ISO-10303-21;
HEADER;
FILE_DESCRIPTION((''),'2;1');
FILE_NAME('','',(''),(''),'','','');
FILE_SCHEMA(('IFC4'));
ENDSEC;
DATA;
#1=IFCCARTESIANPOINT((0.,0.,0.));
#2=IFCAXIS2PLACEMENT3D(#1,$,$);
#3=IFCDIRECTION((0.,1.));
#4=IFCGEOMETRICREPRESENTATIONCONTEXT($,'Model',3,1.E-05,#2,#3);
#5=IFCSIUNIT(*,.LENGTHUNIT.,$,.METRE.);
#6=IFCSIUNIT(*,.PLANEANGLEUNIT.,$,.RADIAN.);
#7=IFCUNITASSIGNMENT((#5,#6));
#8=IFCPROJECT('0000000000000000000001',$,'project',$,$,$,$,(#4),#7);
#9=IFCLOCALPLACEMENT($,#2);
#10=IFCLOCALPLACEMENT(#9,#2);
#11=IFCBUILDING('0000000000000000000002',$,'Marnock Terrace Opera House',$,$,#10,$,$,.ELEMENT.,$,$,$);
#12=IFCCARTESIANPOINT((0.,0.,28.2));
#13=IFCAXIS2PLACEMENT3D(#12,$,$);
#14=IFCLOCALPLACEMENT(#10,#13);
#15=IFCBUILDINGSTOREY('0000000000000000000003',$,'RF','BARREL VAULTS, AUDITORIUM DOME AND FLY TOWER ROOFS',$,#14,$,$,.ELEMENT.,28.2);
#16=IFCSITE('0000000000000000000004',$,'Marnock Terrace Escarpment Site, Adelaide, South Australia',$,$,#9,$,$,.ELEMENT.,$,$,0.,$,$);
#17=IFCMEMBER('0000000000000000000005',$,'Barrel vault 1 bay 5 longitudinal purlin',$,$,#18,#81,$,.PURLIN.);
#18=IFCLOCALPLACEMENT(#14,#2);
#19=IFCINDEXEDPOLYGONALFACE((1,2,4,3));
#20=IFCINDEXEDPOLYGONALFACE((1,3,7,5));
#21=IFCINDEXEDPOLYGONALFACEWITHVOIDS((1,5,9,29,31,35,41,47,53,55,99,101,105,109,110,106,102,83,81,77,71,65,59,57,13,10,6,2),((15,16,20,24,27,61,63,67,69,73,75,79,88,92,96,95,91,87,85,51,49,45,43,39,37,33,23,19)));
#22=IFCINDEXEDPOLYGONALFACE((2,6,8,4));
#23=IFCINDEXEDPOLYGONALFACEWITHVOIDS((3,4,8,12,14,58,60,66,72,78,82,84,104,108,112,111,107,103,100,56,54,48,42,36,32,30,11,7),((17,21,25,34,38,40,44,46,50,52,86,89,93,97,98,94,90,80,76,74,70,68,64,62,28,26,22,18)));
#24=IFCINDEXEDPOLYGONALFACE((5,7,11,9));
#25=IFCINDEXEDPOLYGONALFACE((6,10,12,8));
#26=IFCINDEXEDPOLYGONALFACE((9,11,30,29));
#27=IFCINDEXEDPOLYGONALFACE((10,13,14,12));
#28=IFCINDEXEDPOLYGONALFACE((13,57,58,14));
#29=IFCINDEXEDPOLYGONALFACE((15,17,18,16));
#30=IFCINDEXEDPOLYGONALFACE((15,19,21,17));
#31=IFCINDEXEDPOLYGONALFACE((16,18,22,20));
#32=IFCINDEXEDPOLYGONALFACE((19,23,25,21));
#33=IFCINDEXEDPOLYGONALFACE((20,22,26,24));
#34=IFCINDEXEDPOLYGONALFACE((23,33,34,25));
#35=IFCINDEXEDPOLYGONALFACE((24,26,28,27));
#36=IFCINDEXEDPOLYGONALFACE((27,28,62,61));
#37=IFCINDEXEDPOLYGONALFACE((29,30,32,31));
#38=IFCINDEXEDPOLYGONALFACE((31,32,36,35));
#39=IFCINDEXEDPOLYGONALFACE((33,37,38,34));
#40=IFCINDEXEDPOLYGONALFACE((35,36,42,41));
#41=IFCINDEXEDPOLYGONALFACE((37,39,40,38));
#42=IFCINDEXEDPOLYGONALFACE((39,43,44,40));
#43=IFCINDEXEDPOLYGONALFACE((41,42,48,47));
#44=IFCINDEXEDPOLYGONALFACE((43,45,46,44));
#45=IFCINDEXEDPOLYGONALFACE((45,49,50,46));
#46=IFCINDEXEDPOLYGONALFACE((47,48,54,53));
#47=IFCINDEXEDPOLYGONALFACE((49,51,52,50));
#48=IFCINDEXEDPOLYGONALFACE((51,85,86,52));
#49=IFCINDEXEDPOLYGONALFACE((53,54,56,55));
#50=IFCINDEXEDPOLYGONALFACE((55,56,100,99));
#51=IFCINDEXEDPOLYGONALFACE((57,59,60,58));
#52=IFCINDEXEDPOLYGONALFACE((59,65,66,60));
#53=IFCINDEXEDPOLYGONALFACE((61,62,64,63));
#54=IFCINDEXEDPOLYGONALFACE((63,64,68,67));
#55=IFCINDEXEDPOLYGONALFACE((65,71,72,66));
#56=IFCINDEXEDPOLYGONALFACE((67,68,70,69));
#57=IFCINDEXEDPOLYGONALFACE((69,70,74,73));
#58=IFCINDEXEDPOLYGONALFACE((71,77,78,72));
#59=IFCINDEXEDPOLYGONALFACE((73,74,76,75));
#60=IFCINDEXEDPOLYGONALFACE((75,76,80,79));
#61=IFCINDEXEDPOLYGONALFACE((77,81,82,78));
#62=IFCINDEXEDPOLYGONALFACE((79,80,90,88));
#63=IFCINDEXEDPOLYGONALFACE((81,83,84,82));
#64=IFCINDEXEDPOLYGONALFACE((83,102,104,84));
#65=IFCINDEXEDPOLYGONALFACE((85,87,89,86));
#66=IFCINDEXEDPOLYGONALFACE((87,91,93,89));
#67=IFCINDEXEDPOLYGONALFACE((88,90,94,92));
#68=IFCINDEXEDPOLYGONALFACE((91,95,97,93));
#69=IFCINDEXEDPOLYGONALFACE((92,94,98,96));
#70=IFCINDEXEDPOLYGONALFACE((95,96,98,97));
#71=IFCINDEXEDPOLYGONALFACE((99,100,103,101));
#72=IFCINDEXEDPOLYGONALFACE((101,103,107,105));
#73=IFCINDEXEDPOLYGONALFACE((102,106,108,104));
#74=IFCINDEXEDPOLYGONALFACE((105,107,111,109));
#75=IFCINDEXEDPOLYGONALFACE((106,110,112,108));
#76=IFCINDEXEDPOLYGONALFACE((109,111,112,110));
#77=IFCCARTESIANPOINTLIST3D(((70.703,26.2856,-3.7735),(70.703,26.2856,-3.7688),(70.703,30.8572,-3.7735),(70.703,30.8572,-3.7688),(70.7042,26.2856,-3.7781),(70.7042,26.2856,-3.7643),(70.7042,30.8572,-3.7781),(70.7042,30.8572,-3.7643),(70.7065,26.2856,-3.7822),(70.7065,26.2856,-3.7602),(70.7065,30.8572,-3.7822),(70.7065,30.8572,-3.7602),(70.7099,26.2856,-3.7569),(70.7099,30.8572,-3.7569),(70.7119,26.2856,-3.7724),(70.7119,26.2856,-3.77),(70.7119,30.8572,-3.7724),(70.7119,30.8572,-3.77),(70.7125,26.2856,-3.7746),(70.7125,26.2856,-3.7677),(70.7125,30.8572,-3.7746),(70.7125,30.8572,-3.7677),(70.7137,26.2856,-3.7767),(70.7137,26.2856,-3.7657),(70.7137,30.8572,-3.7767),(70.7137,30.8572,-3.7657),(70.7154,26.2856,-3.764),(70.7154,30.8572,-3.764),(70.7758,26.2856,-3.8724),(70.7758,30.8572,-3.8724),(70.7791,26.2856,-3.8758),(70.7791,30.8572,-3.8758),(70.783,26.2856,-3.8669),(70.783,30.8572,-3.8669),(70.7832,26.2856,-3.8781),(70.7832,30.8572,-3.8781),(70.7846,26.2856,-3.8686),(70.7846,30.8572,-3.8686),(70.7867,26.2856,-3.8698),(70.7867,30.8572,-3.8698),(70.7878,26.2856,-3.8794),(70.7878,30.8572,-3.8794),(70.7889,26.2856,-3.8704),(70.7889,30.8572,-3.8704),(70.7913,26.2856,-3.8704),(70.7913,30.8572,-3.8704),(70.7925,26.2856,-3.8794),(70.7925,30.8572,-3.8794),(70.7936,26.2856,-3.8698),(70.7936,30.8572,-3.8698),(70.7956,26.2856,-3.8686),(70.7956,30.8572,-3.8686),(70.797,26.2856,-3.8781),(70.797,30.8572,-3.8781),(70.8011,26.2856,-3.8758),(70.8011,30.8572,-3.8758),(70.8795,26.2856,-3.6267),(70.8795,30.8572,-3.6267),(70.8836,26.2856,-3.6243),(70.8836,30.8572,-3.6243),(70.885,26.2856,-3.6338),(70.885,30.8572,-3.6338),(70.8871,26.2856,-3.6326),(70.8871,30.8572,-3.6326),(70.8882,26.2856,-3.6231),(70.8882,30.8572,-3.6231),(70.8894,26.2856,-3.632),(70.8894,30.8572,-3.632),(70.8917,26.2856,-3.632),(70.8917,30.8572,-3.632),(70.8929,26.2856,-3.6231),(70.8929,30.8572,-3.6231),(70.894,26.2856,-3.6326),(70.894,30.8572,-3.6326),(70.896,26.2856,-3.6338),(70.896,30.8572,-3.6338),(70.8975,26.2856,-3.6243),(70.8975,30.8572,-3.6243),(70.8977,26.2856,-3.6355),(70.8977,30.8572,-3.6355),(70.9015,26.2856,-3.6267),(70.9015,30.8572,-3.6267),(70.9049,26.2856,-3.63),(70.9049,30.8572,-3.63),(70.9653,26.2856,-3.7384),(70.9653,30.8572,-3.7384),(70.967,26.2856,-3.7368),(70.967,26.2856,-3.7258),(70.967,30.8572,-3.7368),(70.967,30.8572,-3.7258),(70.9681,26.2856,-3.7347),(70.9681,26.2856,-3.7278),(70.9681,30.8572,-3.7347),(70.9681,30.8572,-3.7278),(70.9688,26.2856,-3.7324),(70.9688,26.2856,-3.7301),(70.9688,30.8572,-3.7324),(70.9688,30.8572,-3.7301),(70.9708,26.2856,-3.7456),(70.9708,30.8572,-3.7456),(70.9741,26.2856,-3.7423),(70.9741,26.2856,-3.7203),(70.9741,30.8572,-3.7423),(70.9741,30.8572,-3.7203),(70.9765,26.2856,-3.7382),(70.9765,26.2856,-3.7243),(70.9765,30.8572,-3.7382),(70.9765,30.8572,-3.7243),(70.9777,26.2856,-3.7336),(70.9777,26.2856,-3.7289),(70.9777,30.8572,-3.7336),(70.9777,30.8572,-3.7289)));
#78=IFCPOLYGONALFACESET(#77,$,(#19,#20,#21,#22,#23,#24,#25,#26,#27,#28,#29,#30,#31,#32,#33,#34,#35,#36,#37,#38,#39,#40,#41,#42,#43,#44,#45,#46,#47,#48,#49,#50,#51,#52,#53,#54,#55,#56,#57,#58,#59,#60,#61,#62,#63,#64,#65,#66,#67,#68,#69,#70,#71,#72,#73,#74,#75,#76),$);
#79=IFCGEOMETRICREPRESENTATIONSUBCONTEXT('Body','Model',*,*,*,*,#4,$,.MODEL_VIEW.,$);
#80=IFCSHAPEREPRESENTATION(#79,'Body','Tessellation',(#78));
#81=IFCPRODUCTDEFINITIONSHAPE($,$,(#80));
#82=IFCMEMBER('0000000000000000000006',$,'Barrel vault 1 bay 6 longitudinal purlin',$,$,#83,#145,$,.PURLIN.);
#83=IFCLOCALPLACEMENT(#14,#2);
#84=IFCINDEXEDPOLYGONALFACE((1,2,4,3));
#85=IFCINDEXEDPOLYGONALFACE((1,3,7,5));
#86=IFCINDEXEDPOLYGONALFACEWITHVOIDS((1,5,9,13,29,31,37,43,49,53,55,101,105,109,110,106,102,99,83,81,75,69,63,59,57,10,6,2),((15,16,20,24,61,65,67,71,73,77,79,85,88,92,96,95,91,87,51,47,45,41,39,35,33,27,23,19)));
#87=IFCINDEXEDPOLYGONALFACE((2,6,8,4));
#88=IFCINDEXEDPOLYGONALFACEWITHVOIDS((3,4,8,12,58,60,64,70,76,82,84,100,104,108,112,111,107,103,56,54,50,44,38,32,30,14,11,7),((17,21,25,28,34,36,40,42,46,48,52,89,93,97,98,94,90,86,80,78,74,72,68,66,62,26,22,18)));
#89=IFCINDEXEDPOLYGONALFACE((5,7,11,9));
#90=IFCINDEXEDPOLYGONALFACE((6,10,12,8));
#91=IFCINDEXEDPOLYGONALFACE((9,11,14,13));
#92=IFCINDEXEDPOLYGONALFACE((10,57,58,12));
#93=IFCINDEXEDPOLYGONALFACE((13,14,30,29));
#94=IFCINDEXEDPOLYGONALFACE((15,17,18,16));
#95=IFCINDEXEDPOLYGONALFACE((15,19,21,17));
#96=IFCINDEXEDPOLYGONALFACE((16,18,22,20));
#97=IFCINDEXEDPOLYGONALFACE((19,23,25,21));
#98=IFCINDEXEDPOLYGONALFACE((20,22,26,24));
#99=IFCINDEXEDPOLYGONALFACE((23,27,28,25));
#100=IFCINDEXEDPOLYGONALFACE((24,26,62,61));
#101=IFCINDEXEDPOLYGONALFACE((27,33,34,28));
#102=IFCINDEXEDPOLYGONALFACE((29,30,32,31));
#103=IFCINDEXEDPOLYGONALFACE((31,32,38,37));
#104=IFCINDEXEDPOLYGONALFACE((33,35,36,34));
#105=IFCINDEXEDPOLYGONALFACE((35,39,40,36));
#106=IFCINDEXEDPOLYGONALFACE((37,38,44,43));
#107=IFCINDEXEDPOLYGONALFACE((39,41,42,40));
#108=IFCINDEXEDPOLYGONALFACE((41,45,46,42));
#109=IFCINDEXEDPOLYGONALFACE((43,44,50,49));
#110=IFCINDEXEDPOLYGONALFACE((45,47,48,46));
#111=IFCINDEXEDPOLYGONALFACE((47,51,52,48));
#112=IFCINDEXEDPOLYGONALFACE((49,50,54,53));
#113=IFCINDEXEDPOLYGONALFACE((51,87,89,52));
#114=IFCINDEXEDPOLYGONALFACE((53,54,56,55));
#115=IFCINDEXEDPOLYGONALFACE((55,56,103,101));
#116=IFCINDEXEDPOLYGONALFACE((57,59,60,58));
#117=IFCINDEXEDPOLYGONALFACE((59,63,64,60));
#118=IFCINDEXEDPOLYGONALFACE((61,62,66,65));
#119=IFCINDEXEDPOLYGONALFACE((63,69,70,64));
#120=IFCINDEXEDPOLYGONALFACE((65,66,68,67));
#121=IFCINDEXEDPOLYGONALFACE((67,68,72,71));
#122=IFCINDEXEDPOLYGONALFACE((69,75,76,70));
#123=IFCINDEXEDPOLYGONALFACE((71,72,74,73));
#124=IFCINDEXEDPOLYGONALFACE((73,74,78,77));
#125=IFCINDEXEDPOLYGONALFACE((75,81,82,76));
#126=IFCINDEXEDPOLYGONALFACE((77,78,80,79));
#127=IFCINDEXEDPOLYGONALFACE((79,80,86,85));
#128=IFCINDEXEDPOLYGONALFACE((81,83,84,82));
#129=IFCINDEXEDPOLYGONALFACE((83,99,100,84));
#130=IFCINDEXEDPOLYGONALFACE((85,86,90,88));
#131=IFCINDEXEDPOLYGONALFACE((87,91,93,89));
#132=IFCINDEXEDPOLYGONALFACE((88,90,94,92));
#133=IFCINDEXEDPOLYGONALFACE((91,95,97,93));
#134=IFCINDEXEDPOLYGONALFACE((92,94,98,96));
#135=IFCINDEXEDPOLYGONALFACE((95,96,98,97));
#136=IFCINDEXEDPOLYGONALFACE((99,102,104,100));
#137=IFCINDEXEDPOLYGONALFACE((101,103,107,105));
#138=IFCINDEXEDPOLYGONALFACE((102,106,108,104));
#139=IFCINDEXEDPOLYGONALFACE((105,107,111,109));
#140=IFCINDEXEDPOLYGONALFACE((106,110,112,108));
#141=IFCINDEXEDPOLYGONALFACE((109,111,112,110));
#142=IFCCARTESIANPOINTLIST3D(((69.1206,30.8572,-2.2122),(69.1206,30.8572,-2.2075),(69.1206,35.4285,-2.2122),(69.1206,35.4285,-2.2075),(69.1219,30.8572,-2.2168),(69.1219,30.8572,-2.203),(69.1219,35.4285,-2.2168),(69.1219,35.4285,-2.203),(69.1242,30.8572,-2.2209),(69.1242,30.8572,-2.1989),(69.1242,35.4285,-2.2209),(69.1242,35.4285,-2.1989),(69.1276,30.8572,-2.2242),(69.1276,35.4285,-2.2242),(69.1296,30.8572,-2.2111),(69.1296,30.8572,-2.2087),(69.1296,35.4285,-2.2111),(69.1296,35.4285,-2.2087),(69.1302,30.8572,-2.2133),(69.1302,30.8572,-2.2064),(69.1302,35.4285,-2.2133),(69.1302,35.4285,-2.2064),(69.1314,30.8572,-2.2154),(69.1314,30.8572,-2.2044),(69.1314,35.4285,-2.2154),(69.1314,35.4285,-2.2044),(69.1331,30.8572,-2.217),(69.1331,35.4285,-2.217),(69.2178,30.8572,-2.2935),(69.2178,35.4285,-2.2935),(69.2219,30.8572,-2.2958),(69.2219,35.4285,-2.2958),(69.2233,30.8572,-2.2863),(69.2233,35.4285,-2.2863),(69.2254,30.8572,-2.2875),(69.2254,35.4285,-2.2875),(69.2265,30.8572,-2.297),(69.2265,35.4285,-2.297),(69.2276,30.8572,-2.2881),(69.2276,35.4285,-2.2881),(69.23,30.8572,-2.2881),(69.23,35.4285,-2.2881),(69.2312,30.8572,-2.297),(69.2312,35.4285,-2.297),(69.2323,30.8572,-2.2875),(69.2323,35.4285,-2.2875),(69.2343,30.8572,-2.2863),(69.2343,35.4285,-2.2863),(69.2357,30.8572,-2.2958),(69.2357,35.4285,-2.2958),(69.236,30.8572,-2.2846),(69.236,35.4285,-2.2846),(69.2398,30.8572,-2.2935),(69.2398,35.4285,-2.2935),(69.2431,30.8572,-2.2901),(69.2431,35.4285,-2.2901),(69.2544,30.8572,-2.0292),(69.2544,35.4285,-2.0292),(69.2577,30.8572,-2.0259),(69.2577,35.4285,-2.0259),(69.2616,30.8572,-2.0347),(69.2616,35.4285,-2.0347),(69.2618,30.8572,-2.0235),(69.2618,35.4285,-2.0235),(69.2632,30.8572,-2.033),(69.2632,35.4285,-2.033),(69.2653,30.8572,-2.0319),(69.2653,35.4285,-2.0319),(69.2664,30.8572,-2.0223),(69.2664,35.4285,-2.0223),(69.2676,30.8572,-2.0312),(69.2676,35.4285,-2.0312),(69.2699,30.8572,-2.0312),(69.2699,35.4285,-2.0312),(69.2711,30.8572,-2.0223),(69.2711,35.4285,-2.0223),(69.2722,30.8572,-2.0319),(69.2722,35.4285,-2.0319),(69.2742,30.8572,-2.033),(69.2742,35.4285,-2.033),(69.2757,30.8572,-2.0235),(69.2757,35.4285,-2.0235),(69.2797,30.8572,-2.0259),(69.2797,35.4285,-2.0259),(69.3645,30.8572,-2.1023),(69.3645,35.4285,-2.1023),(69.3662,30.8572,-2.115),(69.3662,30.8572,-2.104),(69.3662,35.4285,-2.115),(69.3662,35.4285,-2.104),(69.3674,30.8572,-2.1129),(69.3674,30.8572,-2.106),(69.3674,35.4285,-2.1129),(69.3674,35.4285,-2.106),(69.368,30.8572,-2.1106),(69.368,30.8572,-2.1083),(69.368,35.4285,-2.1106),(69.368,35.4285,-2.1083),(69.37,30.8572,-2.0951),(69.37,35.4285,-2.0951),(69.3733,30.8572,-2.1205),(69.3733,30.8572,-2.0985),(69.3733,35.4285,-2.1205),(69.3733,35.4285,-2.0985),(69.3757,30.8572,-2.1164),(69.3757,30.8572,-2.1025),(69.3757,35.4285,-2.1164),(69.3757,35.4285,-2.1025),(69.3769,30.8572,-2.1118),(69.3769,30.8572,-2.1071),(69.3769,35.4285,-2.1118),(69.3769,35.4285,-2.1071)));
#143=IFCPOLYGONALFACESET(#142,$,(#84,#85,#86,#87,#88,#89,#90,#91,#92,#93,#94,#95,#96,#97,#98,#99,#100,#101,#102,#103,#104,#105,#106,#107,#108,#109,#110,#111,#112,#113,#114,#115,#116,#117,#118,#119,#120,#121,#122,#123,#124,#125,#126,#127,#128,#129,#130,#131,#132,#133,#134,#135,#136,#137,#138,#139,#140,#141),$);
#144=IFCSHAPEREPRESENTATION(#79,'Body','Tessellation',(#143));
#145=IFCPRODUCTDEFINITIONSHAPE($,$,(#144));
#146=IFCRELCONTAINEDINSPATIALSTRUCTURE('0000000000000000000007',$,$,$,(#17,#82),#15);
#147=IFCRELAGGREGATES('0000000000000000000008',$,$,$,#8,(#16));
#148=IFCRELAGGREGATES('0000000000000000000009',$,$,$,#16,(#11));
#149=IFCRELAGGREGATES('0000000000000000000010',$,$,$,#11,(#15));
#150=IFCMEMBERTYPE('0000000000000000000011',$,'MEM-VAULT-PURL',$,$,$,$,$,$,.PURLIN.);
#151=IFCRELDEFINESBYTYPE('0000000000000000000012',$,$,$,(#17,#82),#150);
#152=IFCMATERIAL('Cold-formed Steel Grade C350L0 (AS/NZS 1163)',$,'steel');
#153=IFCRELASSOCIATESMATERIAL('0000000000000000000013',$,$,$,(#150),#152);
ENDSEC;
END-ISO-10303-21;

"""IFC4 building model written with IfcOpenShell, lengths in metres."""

from ifc_helpers import new_model, si_unit, direction, frame, origin, origin_2d, place, context, subcontext, project, spatial, hollow_rectangle, extrude, material, material_profile, profile_set, type_object, element, save


model = new_model("IFC4")

# Units and contexts
model_context = context("Model", 3, precision=1e-05, world=origin(), true_north=direction((0.0, 1.0)))
body_context = subcontext(model_context, "Body", "Model", "MODEL_VIEW")
ifc_project = project(units=[si_unit("LENGTHUNIT", "METRE"), si_unit("PLANEANGLEUNIT", "RADIAN")], contexts=[model_context])

# Site, building, storey
site_placement = place(None, origin())
site = spatial("IfcSite", under=ifc_project, at=site_placement, Name="Marnock Terrace Escarpment Site, Adelaide, South Australia", CompositionType="ELEMENT", RefElevation=0.0)
building_placement = place(site_placement, origin())
building = spatial("IfcBuilding", under=site, at=building_placement, Name="Marnock Terrace Opera House", CompositionType="ELEMENT")
storey_placement = place(building_placement, frame((0.0, 0.0, 28.2)))
storey = spatial("IfcBuildingStorey", under=building, at=storey_placement, Name="RF", Description="BARREL VAULTS, AUDITORIUM DOME AND FLY TOWER ROOFS", CompositionType="ELEMENT", Elevation=28.2)

# Members
ifc_material = material(Name="Cold-formed Steel Grade C350L0 (AS/NZS 1163)", Category="steel")
ifc_material_profile_1 = material_profile(ifc_material, hollow_rectangle(XDim=0.1499, YDim=0.25, WallThickness=0.009, InnerFilletRadius=0.009, OuterFilletRadius=0.0181, at=origin_2d()))
ifc_profile_set_1 = profile_set([ifc_material_profile_1], Name="Cold-formed Steel Grade C350L0 (AS/NZS 1163)")
member_type_1 = type_object("IfcMemberType", Name="MEM-VAULT-PURL", PredefinedType="PURLIN", material=ifc_profile_set_1)
for number, where, z_axis, x_axis, name in (
    (1, (70.8403, 26.2856, -3.7512), (0.0, 1.0, 0.0), (-0.608761, 0.0, 0.793353), "Barrel vault 1 bay 5 longitudinal purlin"),
):
    element("IfcMember", number, at=place(storey_placement, frame(where, z_axis=z_axis, x_axis=x_axis)), inside=storey, type_object=member_type_1, Name=name, PredefinedType="PURLIN", context=body_context, shape_type="SweptSolid", body=[
        extrude(hollow_rectangle(XDim=0.1499, YDim=0.25, WallThickness=0.009, InnerFilletRadius=0.009, OuterFilletRadius=0.0181, at=origin_2d()), origin(), (0.0, 0.0, 1.0), 4.5715),
    ])
for number, where, z_axis, x_axis, name in (
    (2, (69.2488, 30.8572, -2.1597), (0.0, 1.0, 0.0), (-0.793353, 0.0, 0.608761), "Barrel vault 1 bay 6 longitudinal purlin"),
):
    element("IfcMember", number, at=place(storey_placement, frame(where, z_axis=z_axis, x_axis=x_axis)), inside=storey, type_object=member_type_1, Name=name, PredefinedType="PURLIN", context=body_context, shape_type="SweptSolid", body=[
        extrude(hollow_rectangle(XDim=0.1499, YDim=0.25, WallThickness=0.009, InnerFilletRadius=0.009, OuterFilletRadius=0.0181, at=origin_2d()), origin(), (0.0, 0.0, 1.0), 4.5713),
    ])

save(model, "model.ifc")
